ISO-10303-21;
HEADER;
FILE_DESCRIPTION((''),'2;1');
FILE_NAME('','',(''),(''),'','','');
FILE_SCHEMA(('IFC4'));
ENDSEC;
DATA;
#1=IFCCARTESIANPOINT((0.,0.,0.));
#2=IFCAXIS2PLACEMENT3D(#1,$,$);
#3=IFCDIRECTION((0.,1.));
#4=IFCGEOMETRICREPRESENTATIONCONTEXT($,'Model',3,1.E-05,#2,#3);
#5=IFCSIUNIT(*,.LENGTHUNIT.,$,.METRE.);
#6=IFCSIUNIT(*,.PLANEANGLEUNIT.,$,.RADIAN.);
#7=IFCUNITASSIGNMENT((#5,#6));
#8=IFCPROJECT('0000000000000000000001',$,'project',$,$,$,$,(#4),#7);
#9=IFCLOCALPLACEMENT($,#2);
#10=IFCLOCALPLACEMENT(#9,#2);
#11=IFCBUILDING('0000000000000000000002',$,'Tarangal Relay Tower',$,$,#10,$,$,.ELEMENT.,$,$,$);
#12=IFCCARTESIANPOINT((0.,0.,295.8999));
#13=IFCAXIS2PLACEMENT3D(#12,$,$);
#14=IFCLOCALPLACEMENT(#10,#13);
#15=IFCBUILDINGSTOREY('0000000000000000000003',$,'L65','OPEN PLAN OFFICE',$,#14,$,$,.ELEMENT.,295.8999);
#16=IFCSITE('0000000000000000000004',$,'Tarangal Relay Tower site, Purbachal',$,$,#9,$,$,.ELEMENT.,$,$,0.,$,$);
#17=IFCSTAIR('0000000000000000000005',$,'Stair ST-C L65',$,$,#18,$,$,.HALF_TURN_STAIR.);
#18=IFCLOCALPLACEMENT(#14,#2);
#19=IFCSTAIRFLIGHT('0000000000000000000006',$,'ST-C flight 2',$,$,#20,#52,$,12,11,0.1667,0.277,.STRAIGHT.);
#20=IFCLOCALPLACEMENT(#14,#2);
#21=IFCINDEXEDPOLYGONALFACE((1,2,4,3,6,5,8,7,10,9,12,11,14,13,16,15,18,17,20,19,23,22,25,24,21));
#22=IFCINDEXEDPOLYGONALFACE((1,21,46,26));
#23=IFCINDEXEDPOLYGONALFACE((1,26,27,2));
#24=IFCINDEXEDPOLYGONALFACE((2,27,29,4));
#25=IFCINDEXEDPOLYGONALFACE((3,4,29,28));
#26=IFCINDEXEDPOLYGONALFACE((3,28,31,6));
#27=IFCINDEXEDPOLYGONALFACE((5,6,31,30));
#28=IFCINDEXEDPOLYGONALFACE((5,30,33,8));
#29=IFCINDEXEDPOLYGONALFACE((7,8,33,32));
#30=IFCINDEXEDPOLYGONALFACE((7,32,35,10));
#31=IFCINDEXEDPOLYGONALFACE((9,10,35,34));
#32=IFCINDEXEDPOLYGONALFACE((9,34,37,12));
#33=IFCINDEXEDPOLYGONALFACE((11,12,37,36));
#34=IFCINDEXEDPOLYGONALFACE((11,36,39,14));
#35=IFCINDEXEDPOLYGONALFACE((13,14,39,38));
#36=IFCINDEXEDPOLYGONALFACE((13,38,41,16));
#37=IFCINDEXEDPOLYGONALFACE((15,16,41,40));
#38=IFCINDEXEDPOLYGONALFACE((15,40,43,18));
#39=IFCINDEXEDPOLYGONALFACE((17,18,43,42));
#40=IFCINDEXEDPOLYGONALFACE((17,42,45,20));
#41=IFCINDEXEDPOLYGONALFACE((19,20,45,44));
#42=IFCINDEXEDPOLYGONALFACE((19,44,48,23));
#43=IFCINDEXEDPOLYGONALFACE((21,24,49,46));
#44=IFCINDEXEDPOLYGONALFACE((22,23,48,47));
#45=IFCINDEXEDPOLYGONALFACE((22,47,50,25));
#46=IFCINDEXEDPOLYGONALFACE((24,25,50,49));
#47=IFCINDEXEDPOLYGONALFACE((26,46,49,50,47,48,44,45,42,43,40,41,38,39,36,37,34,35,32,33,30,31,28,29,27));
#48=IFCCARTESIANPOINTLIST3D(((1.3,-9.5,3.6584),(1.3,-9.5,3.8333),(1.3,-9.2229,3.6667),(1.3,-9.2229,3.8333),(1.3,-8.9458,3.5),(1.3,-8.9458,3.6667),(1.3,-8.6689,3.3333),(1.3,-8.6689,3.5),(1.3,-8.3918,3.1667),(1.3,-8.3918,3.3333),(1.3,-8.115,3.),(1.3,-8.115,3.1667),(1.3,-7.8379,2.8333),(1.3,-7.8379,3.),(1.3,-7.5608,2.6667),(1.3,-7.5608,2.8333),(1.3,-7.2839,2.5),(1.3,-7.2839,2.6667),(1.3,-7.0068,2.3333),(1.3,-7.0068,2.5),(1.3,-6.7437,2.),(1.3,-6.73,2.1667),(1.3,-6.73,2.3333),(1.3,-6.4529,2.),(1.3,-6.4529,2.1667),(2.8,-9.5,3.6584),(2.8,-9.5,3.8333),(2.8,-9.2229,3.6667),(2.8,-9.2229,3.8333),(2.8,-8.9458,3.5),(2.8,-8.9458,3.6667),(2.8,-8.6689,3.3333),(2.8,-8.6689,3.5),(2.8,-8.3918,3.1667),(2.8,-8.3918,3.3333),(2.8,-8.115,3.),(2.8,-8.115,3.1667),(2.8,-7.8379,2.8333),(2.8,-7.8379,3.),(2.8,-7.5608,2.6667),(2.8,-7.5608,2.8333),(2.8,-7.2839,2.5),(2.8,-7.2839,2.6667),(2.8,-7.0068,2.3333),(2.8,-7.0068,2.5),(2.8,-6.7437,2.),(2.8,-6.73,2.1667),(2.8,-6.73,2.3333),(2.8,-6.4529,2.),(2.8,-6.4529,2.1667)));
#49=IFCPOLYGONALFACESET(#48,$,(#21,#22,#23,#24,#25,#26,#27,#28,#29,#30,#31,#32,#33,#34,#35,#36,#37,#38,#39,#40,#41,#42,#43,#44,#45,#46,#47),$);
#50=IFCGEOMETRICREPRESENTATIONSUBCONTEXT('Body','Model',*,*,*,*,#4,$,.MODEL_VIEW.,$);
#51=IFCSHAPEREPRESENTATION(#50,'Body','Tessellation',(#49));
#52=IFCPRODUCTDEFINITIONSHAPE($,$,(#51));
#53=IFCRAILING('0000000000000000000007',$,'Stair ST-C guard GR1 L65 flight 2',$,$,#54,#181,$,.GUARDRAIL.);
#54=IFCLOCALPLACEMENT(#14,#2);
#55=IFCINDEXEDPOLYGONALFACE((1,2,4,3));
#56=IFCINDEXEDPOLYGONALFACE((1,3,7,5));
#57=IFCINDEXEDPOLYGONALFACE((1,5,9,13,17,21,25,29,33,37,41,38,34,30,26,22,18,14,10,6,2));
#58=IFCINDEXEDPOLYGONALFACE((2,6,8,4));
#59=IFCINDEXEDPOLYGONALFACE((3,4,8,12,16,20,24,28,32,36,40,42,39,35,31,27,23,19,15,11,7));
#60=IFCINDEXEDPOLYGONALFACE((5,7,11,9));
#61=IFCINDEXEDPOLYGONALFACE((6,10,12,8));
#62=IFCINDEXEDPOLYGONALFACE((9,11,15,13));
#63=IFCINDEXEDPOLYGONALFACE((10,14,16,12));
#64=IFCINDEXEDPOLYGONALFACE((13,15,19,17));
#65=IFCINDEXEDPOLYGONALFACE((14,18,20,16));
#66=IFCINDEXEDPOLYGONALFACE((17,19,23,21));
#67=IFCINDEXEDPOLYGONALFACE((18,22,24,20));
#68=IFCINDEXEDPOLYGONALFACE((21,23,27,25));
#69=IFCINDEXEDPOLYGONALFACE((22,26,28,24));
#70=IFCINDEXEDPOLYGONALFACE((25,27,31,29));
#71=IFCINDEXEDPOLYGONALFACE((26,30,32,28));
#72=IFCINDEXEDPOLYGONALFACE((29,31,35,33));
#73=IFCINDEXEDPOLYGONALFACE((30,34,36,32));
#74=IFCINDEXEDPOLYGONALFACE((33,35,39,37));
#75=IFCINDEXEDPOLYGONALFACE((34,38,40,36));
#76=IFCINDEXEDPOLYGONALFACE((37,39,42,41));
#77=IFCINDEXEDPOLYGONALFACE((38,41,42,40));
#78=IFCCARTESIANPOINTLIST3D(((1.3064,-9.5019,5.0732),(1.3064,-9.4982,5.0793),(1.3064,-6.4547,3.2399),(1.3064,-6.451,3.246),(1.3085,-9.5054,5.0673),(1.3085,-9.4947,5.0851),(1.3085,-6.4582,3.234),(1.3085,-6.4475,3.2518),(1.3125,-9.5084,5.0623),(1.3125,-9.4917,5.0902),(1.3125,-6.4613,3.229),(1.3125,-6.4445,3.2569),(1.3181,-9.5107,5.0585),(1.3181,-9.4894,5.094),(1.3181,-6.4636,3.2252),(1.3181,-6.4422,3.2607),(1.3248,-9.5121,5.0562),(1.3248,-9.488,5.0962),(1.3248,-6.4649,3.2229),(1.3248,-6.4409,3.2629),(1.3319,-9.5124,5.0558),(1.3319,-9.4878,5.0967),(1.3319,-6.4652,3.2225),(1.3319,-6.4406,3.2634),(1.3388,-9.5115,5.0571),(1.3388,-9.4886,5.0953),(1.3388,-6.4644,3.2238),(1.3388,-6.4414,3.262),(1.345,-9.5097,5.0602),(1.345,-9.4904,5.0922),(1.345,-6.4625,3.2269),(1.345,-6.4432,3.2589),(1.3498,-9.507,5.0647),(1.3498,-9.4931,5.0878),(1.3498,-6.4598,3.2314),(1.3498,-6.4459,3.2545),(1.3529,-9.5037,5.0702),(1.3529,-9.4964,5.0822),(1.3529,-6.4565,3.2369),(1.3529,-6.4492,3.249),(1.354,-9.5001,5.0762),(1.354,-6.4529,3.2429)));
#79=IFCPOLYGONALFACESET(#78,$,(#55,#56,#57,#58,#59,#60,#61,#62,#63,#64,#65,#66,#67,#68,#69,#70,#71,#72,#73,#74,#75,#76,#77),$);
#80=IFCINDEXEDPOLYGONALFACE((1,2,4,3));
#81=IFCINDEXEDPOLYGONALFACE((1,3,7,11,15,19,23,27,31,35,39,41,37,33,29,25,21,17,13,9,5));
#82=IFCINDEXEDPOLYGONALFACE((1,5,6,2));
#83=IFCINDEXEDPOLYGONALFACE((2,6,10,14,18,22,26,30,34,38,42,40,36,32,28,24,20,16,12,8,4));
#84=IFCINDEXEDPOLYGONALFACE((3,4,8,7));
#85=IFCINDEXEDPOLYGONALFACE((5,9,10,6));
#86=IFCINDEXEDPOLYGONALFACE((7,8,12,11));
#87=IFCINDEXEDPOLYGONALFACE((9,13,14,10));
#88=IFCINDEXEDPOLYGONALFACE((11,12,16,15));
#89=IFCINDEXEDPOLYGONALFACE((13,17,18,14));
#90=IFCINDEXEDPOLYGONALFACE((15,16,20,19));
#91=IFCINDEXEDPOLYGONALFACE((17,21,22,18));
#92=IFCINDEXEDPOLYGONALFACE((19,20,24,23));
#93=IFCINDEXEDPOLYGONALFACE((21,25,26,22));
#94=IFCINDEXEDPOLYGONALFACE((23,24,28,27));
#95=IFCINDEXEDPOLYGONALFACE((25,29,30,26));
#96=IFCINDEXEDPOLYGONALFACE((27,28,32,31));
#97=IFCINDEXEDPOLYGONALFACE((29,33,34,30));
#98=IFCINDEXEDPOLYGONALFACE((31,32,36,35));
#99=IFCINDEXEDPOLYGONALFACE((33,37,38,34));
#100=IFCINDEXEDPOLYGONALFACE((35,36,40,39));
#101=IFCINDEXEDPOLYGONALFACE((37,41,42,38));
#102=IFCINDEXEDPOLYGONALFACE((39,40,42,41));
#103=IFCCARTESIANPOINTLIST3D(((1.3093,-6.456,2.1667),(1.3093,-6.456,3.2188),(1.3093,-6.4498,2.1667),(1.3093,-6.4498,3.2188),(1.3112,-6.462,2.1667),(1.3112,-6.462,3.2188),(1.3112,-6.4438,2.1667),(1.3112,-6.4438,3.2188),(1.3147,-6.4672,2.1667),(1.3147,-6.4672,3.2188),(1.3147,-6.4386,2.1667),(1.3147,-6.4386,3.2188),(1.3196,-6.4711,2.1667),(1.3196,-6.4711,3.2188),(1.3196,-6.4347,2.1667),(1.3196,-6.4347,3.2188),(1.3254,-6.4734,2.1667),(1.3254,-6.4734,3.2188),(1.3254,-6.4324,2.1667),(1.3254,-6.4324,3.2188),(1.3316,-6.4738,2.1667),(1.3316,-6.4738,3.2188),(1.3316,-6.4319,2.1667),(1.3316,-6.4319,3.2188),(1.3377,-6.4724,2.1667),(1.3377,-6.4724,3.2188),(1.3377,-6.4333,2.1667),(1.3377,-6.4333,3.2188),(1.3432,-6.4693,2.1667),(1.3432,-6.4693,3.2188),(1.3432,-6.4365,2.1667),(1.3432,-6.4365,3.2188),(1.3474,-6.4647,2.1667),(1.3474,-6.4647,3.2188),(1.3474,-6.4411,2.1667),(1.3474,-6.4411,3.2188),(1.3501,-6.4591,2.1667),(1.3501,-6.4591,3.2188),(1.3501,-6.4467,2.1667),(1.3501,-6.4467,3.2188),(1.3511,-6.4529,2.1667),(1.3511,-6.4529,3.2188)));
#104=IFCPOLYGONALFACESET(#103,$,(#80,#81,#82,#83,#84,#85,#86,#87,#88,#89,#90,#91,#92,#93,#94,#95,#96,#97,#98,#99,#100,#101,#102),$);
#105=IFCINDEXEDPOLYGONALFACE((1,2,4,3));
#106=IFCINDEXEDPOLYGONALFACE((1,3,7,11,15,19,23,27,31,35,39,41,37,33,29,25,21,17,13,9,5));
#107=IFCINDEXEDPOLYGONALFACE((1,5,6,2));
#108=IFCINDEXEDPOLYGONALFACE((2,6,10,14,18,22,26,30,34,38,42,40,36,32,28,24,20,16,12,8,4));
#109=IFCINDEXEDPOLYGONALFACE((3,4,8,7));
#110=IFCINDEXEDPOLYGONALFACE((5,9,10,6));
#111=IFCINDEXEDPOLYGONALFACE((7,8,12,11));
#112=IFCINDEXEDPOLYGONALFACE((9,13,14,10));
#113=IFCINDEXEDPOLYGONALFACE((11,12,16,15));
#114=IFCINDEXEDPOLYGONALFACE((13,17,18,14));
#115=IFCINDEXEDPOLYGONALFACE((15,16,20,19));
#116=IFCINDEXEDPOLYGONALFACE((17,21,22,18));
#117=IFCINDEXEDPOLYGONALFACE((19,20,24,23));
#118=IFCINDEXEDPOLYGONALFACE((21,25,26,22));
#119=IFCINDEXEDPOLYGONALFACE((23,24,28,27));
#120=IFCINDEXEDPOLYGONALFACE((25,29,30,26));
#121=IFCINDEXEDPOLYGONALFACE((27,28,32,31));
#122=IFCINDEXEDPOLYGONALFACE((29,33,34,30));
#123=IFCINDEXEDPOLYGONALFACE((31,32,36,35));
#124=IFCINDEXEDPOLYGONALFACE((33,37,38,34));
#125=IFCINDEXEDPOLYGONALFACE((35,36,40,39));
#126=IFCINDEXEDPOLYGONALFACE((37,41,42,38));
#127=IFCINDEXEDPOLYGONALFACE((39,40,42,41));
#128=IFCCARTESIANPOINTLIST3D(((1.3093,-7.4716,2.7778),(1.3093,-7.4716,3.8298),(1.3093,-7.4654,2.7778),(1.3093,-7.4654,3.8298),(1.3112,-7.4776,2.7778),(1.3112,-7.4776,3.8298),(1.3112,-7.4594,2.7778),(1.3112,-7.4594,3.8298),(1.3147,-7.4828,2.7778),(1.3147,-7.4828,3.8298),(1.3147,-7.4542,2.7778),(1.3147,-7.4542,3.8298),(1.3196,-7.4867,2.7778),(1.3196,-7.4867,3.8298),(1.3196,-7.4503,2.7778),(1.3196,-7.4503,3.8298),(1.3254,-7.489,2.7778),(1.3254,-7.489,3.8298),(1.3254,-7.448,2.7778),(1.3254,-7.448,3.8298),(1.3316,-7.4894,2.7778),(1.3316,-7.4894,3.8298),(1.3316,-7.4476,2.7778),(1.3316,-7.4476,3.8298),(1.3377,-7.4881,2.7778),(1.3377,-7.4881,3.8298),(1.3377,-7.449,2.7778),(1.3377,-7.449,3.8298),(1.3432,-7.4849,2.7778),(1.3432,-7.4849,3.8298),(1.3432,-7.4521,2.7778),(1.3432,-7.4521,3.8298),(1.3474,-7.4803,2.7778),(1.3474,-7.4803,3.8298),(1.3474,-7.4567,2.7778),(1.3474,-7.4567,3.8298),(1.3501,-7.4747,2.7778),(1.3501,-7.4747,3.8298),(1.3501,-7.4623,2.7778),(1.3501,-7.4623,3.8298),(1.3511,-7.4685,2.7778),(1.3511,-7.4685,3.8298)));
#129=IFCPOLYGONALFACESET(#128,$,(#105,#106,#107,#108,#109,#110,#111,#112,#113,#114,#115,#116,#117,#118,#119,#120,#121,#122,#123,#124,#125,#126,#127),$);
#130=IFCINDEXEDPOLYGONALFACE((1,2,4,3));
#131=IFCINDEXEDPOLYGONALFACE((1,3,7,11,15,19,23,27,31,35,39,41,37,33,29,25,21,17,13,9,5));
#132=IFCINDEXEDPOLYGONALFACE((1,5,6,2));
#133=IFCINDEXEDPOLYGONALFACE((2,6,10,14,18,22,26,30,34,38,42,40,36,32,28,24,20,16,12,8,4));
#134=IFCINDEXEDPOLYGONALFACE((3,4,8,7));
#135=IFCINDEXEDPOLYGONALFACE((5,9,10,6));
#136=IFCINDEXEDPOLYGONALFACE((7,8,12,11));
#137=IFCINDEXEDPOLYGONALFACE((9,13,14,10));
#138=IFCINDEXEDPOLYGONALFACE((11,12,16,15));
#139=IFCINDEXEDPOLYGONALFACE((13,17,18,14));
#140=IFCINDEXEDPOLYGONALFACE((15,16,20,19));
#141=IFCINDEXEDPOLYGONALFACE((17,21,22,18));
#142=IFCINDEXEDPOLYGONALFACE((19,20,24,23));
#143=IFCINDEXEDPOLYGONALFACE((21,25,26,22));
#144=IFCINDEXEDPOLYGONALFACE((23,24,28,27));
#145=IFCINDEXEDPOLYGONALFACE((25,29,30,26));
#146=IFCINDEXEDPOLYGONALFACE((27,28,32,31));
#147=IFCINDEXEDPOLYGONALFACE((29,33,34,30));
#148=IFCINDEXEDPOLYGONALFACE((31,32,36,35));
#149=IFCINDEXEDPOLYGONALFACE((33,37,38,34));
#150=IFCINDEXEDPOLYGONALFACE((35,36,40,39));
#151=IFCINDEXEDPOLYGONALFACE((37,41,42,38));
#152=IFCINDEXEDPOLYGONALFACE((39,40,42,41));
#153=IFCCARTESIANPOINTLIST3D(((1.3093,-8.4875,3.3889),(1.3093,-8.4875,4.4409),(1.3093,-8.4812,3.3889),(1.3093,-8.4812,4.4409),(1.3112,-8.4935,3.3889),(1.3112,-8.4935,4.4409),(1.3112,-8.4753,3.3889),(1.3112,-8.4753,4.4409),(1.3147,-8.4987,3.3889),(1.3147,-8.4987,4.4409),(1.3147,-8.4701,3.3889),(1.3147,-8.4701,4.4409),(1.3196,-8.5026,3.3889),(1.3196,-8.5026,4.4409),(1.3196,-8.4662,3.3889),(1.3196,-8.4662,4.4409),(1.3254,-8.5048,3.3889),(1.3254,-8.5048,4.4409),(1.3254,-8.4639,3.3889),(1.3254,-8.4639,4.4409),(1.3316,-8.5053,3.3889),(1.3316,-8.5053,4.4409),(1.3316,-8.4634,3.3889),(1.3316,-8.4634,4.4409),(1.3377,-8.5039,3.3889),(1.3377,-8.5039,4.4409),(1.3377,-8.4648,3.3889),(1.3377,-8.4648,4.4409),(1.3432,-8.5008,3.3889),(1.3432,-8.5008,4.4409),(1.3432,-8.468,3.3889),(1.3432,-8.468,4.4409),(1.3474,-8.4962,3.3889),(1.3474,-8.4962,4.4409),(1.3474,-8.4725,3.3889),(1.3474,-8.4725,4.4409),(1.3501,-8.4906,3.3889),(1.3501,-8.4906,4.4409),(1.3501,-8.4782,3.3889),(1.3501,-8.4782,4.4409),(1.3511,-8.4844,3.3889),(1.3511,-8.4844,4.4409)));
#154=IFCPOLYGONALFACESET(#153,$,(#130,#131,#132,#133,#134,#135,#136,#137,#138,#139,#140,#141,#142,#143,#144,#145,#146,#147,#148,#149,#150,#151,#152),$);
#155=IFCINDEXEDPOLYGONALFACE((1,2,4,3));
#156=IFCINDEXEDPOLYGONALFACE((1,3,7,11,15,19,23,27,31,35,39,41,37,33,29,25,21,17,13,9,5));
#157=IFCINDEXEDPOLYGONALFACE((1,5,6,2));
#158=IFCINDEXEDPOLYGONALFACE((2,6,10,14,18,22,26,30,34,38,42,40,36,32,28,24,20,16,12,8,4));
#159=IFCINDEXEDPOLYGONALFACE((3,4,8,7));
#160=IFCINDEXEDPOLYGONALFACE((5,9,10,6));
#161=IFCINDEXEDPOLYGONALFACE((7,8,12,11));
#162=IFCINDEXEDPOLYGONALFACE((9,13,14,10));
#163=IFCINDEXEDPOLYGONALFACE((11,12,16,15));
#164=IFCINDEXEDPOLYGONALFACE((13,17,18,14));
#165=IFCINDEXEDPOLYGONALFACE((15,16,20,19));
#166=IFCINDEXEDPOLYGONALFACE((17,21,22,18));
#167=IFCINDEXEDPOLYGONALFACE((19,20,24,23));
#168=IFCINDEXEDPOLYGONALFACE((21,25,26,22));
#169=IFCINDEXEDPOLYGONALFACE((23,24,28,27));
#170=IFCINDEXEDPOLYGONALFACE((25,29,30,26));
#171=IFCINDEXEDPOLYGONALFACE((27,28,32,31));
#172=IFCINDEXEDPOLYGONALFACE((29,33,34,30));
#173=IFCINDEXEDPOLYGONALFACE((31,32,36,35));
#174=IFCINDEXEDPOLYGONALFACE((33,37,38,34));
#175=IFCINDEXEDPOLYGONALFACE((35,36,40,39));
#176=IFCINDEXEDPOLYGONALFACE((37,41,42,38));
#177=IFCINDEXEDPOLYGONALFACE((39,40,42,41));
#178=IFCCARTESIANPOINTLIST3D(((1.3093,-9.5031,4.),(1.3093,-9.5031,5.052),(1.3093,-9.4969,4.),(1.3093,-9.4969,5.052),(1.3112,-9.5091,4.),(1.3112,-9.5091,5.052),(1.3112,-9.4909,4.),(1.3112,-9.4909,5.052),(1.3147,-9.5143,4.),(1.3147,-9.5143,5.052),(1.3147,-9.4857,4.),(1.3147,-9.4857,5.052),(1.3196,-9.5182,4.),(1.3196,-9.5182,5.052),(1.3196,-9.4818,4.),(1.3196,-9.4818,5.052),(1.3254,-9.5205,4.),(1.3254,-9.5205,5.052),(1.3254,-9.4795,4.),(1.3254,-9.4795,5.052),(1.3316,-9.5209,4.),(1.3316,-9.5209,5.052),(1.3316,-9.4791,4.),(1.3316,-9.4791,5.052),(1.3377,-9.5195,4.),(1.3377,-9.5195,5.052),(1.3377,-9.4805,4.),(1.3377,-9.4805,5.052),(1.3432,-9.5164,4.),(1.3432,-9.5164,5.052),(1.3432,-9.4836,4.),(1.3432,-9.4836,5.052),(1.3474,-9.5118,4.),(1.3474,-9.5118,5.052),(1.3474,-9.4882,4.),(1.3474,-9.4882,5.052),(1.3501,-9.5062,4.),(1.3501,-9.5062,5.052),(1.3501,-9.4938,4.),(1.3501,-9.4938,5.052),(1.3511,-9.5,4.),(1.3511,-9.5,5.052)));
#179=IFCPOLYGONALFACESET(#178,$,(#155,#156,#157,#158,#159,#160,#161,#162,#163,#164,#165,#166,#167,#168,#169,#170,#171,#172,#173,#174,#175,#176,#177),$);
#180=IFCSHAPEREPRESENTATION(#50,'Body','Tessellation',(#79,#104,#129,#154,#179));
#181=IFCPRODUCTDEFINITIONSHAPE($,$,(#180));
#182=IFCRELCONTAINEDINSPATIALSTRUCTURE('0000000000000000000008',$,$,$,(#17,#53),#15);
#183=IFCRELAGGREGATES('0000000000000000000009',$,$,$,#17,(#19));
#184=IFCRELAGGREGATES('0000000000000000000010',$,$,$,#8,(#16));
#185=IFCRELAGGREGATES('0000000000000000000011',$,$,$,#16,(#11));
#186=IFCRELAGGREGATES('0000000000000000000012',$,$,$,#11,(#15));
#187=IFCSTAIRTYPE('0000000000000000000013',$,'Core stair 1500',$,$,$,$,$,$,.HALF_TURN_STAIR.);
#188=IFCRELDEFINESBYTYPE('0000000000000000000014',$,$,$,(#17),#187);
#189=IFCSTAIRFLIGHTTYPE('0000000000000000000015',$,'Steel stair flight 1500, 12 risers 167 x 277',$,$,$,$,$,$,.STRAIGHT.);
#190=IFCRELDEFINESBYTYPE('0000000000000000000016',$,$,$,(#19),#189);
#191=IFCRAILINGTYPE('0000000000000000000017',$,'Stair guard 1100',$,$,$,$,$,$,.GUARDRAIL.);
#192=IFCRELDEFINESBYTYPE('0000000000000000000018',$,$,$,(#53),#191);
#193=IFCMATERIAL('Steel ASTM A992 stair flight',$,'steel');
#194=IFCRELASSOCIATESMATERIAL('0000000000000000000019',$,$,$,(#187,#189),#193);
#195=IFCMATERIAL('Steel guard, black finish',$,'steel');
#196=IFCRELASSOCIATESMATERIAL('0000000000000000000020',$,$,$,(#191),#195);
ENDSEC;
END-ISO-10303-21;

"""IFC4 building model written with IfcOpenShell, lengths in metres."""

from ifc_helpers import new_model, si_unit, direction, frame, origin, origin_2d, place, context, subcontext, project, spatial, polyline, circle, outline, extrude, material, type_object, element, aggregate, save


model = new_model("IFC4")

# Units and contexts
model_context = context("Model", 3, precision=1e-05, world=origin(), true_north=direction((0.0, 1.0)))
body_context = subcontext(model_context, "Body", "Model", "MODEL_VIEW")
ifc_project = project(units=[si_unit("LENGTHUNIT", "METRE"), si_unit("PLANEANGLEUNIT", "RADIAN")], contexts=[model_context])

# Site, building, storey
site_placement = place(None, origin())
site = spatial("IfcSite", under=ifc_project, at=site_placement, Name="Tarangal Relay Tower site, Purbachal", CompositionType="ELEMENT", RefElevation=0.0)
building_placement = place(site_placement, origin())
building = spatial("IfcBuilding", under=site, at=building_placement, Name="Tarangal Relay Tower", CompositionType="ELEMENT")
storey_placement = place(building_placement, frame((0.0, 0.0, 295.8999)))
storey = spatial("IfcBuildingStorey", under=building, at=storey_placement, Name="L65", Description="OPEN PLAN OFFICE", CompositionType="ELEMENT", Elevation=295.8999)

# Stair, stair flight
ifc_material_1 = material(Name="Steel ASTM A992 stair flight", Category="steel")
stair_type = type_object("IfcStairType", Name="Core stair 1500", PredefinedType="HALF_TURN_STAIR", material=ifc_material_1)
stair_placement = place(storey_placement, origin())
stair = element("IfcStair", 1, at=stair_placement, inside=storey, type_object=stair_type, Name="Stair ST-C L65", PredefinedType="HALF_TURN_STAIR")
stair_flight_type = type_object("IfcStairFlightType", Name="Steel stair flight 1500, 12 risers 167 x 277", PredefinedType="STRAIGHT", material=ifc_material_1)
stair_flight_placement = place(storey_placement, frame((2.05, -6.4529, 2.0), z_axis=(0.0, 0.0, 1.0), x_axis=(0.0, -1.0, 0.0)))
stair_flight = element("IfcStairFlight", 2, at=stair_flight_placement, type_object=stair_flight_type, Name="ST-C flight 2", NumberOfRisers=12, NumberOfTreads=11, PredefinedType="STRAIGHT", RiserHeight=0.1667, TreadLength=0.277, context=body_context, shape_type="SweptSolid", body=[
    extrude(outline(polyline([(0.0, 0.0), (0.0, 0.1667), (0.2771, 0.1667), (0.2771, 0.3333), (0.554, 0.3333), (0.554, 0.5), (0.8311, 0.5), (0.8311, 0.6667), (1.1079, 0.6667), (1.1079, 0.8333), (1.385, 0.8333), (1.385, 1.0), (1.6621, 1.0), (1.6621, 1.1667), (1.939, 1.1667), (1.939, 1.3333), (2.2161, 1.3333), (2.2161, 1.5), (2.4929, 1.5), (2.4929, 1.6667), (2.77, 1.6667), (2.77, 1.8333), (3.0471, 1.8333), (3.0471, 2.0), (3.0471, 1.6584), (0.2908, 0.0), (0.0, 0.0)])), frame((0.0, 0.75, 0.0), z_axis=(0.0, -1.0, 0.0), x_axis=(1.0, 0.0, 0.0)), (0.0, 0.0, 1.0), 1.5),
])
aggregate(stair, [stair_flight])

# Railing
ifc_material_2 = material(Name="Steel guard, black finish", Category="steel")
railing_type = type_object("IfcRailingType", Name="Stair guard 1100", PredefinedType="GUARDRAIL", material=ifc_material_2)
railing_placement = place(storey_placement, frame((1.3301, -6.4529, 2.1667)))
element("IfcRailing", 3, at=railing_placement, inside=storey, type_object=railing_type, Name="Stair ST-C guard GR1 L65 flight 2", PredefinedType="GUARDRAIL", context=body_context, shape_type="SweptSolid", body=[
    extrude(circle(Radius=0.0239, at=origin_2d()), frame((0.0, 0.0, 1.0762), z_axis=(0.0, -0.856874, 0.515525), x_axis=(1.0, 0.0, 0.0)), (0.0, 0.0, 1.0), 3.5562),
    extrude(circle(Radius=0.021, at=origin_2d()), origin(), (0.0, 0.0, 1.0), 1.052),
    extrude(circle(Radius=0.021, at=origin_2d()), frame((0.0, -1.0156, 0.6111)), (0.0, 0.0, 1.0), 1.052),
    extrude(circle(Radius=0.021, at=origin_2d()), frame((0.0, -2.0315, 1.2222)), (0.0, 0.0, 1.0), 1.052),
    extrude(circle(Radius=0.021, at=origin_2d()), frame((0.0, -3.0471, 1.8333)), (0.0, 0.0, 1.0), 1.052),
])

save(model, "model.ifc")
